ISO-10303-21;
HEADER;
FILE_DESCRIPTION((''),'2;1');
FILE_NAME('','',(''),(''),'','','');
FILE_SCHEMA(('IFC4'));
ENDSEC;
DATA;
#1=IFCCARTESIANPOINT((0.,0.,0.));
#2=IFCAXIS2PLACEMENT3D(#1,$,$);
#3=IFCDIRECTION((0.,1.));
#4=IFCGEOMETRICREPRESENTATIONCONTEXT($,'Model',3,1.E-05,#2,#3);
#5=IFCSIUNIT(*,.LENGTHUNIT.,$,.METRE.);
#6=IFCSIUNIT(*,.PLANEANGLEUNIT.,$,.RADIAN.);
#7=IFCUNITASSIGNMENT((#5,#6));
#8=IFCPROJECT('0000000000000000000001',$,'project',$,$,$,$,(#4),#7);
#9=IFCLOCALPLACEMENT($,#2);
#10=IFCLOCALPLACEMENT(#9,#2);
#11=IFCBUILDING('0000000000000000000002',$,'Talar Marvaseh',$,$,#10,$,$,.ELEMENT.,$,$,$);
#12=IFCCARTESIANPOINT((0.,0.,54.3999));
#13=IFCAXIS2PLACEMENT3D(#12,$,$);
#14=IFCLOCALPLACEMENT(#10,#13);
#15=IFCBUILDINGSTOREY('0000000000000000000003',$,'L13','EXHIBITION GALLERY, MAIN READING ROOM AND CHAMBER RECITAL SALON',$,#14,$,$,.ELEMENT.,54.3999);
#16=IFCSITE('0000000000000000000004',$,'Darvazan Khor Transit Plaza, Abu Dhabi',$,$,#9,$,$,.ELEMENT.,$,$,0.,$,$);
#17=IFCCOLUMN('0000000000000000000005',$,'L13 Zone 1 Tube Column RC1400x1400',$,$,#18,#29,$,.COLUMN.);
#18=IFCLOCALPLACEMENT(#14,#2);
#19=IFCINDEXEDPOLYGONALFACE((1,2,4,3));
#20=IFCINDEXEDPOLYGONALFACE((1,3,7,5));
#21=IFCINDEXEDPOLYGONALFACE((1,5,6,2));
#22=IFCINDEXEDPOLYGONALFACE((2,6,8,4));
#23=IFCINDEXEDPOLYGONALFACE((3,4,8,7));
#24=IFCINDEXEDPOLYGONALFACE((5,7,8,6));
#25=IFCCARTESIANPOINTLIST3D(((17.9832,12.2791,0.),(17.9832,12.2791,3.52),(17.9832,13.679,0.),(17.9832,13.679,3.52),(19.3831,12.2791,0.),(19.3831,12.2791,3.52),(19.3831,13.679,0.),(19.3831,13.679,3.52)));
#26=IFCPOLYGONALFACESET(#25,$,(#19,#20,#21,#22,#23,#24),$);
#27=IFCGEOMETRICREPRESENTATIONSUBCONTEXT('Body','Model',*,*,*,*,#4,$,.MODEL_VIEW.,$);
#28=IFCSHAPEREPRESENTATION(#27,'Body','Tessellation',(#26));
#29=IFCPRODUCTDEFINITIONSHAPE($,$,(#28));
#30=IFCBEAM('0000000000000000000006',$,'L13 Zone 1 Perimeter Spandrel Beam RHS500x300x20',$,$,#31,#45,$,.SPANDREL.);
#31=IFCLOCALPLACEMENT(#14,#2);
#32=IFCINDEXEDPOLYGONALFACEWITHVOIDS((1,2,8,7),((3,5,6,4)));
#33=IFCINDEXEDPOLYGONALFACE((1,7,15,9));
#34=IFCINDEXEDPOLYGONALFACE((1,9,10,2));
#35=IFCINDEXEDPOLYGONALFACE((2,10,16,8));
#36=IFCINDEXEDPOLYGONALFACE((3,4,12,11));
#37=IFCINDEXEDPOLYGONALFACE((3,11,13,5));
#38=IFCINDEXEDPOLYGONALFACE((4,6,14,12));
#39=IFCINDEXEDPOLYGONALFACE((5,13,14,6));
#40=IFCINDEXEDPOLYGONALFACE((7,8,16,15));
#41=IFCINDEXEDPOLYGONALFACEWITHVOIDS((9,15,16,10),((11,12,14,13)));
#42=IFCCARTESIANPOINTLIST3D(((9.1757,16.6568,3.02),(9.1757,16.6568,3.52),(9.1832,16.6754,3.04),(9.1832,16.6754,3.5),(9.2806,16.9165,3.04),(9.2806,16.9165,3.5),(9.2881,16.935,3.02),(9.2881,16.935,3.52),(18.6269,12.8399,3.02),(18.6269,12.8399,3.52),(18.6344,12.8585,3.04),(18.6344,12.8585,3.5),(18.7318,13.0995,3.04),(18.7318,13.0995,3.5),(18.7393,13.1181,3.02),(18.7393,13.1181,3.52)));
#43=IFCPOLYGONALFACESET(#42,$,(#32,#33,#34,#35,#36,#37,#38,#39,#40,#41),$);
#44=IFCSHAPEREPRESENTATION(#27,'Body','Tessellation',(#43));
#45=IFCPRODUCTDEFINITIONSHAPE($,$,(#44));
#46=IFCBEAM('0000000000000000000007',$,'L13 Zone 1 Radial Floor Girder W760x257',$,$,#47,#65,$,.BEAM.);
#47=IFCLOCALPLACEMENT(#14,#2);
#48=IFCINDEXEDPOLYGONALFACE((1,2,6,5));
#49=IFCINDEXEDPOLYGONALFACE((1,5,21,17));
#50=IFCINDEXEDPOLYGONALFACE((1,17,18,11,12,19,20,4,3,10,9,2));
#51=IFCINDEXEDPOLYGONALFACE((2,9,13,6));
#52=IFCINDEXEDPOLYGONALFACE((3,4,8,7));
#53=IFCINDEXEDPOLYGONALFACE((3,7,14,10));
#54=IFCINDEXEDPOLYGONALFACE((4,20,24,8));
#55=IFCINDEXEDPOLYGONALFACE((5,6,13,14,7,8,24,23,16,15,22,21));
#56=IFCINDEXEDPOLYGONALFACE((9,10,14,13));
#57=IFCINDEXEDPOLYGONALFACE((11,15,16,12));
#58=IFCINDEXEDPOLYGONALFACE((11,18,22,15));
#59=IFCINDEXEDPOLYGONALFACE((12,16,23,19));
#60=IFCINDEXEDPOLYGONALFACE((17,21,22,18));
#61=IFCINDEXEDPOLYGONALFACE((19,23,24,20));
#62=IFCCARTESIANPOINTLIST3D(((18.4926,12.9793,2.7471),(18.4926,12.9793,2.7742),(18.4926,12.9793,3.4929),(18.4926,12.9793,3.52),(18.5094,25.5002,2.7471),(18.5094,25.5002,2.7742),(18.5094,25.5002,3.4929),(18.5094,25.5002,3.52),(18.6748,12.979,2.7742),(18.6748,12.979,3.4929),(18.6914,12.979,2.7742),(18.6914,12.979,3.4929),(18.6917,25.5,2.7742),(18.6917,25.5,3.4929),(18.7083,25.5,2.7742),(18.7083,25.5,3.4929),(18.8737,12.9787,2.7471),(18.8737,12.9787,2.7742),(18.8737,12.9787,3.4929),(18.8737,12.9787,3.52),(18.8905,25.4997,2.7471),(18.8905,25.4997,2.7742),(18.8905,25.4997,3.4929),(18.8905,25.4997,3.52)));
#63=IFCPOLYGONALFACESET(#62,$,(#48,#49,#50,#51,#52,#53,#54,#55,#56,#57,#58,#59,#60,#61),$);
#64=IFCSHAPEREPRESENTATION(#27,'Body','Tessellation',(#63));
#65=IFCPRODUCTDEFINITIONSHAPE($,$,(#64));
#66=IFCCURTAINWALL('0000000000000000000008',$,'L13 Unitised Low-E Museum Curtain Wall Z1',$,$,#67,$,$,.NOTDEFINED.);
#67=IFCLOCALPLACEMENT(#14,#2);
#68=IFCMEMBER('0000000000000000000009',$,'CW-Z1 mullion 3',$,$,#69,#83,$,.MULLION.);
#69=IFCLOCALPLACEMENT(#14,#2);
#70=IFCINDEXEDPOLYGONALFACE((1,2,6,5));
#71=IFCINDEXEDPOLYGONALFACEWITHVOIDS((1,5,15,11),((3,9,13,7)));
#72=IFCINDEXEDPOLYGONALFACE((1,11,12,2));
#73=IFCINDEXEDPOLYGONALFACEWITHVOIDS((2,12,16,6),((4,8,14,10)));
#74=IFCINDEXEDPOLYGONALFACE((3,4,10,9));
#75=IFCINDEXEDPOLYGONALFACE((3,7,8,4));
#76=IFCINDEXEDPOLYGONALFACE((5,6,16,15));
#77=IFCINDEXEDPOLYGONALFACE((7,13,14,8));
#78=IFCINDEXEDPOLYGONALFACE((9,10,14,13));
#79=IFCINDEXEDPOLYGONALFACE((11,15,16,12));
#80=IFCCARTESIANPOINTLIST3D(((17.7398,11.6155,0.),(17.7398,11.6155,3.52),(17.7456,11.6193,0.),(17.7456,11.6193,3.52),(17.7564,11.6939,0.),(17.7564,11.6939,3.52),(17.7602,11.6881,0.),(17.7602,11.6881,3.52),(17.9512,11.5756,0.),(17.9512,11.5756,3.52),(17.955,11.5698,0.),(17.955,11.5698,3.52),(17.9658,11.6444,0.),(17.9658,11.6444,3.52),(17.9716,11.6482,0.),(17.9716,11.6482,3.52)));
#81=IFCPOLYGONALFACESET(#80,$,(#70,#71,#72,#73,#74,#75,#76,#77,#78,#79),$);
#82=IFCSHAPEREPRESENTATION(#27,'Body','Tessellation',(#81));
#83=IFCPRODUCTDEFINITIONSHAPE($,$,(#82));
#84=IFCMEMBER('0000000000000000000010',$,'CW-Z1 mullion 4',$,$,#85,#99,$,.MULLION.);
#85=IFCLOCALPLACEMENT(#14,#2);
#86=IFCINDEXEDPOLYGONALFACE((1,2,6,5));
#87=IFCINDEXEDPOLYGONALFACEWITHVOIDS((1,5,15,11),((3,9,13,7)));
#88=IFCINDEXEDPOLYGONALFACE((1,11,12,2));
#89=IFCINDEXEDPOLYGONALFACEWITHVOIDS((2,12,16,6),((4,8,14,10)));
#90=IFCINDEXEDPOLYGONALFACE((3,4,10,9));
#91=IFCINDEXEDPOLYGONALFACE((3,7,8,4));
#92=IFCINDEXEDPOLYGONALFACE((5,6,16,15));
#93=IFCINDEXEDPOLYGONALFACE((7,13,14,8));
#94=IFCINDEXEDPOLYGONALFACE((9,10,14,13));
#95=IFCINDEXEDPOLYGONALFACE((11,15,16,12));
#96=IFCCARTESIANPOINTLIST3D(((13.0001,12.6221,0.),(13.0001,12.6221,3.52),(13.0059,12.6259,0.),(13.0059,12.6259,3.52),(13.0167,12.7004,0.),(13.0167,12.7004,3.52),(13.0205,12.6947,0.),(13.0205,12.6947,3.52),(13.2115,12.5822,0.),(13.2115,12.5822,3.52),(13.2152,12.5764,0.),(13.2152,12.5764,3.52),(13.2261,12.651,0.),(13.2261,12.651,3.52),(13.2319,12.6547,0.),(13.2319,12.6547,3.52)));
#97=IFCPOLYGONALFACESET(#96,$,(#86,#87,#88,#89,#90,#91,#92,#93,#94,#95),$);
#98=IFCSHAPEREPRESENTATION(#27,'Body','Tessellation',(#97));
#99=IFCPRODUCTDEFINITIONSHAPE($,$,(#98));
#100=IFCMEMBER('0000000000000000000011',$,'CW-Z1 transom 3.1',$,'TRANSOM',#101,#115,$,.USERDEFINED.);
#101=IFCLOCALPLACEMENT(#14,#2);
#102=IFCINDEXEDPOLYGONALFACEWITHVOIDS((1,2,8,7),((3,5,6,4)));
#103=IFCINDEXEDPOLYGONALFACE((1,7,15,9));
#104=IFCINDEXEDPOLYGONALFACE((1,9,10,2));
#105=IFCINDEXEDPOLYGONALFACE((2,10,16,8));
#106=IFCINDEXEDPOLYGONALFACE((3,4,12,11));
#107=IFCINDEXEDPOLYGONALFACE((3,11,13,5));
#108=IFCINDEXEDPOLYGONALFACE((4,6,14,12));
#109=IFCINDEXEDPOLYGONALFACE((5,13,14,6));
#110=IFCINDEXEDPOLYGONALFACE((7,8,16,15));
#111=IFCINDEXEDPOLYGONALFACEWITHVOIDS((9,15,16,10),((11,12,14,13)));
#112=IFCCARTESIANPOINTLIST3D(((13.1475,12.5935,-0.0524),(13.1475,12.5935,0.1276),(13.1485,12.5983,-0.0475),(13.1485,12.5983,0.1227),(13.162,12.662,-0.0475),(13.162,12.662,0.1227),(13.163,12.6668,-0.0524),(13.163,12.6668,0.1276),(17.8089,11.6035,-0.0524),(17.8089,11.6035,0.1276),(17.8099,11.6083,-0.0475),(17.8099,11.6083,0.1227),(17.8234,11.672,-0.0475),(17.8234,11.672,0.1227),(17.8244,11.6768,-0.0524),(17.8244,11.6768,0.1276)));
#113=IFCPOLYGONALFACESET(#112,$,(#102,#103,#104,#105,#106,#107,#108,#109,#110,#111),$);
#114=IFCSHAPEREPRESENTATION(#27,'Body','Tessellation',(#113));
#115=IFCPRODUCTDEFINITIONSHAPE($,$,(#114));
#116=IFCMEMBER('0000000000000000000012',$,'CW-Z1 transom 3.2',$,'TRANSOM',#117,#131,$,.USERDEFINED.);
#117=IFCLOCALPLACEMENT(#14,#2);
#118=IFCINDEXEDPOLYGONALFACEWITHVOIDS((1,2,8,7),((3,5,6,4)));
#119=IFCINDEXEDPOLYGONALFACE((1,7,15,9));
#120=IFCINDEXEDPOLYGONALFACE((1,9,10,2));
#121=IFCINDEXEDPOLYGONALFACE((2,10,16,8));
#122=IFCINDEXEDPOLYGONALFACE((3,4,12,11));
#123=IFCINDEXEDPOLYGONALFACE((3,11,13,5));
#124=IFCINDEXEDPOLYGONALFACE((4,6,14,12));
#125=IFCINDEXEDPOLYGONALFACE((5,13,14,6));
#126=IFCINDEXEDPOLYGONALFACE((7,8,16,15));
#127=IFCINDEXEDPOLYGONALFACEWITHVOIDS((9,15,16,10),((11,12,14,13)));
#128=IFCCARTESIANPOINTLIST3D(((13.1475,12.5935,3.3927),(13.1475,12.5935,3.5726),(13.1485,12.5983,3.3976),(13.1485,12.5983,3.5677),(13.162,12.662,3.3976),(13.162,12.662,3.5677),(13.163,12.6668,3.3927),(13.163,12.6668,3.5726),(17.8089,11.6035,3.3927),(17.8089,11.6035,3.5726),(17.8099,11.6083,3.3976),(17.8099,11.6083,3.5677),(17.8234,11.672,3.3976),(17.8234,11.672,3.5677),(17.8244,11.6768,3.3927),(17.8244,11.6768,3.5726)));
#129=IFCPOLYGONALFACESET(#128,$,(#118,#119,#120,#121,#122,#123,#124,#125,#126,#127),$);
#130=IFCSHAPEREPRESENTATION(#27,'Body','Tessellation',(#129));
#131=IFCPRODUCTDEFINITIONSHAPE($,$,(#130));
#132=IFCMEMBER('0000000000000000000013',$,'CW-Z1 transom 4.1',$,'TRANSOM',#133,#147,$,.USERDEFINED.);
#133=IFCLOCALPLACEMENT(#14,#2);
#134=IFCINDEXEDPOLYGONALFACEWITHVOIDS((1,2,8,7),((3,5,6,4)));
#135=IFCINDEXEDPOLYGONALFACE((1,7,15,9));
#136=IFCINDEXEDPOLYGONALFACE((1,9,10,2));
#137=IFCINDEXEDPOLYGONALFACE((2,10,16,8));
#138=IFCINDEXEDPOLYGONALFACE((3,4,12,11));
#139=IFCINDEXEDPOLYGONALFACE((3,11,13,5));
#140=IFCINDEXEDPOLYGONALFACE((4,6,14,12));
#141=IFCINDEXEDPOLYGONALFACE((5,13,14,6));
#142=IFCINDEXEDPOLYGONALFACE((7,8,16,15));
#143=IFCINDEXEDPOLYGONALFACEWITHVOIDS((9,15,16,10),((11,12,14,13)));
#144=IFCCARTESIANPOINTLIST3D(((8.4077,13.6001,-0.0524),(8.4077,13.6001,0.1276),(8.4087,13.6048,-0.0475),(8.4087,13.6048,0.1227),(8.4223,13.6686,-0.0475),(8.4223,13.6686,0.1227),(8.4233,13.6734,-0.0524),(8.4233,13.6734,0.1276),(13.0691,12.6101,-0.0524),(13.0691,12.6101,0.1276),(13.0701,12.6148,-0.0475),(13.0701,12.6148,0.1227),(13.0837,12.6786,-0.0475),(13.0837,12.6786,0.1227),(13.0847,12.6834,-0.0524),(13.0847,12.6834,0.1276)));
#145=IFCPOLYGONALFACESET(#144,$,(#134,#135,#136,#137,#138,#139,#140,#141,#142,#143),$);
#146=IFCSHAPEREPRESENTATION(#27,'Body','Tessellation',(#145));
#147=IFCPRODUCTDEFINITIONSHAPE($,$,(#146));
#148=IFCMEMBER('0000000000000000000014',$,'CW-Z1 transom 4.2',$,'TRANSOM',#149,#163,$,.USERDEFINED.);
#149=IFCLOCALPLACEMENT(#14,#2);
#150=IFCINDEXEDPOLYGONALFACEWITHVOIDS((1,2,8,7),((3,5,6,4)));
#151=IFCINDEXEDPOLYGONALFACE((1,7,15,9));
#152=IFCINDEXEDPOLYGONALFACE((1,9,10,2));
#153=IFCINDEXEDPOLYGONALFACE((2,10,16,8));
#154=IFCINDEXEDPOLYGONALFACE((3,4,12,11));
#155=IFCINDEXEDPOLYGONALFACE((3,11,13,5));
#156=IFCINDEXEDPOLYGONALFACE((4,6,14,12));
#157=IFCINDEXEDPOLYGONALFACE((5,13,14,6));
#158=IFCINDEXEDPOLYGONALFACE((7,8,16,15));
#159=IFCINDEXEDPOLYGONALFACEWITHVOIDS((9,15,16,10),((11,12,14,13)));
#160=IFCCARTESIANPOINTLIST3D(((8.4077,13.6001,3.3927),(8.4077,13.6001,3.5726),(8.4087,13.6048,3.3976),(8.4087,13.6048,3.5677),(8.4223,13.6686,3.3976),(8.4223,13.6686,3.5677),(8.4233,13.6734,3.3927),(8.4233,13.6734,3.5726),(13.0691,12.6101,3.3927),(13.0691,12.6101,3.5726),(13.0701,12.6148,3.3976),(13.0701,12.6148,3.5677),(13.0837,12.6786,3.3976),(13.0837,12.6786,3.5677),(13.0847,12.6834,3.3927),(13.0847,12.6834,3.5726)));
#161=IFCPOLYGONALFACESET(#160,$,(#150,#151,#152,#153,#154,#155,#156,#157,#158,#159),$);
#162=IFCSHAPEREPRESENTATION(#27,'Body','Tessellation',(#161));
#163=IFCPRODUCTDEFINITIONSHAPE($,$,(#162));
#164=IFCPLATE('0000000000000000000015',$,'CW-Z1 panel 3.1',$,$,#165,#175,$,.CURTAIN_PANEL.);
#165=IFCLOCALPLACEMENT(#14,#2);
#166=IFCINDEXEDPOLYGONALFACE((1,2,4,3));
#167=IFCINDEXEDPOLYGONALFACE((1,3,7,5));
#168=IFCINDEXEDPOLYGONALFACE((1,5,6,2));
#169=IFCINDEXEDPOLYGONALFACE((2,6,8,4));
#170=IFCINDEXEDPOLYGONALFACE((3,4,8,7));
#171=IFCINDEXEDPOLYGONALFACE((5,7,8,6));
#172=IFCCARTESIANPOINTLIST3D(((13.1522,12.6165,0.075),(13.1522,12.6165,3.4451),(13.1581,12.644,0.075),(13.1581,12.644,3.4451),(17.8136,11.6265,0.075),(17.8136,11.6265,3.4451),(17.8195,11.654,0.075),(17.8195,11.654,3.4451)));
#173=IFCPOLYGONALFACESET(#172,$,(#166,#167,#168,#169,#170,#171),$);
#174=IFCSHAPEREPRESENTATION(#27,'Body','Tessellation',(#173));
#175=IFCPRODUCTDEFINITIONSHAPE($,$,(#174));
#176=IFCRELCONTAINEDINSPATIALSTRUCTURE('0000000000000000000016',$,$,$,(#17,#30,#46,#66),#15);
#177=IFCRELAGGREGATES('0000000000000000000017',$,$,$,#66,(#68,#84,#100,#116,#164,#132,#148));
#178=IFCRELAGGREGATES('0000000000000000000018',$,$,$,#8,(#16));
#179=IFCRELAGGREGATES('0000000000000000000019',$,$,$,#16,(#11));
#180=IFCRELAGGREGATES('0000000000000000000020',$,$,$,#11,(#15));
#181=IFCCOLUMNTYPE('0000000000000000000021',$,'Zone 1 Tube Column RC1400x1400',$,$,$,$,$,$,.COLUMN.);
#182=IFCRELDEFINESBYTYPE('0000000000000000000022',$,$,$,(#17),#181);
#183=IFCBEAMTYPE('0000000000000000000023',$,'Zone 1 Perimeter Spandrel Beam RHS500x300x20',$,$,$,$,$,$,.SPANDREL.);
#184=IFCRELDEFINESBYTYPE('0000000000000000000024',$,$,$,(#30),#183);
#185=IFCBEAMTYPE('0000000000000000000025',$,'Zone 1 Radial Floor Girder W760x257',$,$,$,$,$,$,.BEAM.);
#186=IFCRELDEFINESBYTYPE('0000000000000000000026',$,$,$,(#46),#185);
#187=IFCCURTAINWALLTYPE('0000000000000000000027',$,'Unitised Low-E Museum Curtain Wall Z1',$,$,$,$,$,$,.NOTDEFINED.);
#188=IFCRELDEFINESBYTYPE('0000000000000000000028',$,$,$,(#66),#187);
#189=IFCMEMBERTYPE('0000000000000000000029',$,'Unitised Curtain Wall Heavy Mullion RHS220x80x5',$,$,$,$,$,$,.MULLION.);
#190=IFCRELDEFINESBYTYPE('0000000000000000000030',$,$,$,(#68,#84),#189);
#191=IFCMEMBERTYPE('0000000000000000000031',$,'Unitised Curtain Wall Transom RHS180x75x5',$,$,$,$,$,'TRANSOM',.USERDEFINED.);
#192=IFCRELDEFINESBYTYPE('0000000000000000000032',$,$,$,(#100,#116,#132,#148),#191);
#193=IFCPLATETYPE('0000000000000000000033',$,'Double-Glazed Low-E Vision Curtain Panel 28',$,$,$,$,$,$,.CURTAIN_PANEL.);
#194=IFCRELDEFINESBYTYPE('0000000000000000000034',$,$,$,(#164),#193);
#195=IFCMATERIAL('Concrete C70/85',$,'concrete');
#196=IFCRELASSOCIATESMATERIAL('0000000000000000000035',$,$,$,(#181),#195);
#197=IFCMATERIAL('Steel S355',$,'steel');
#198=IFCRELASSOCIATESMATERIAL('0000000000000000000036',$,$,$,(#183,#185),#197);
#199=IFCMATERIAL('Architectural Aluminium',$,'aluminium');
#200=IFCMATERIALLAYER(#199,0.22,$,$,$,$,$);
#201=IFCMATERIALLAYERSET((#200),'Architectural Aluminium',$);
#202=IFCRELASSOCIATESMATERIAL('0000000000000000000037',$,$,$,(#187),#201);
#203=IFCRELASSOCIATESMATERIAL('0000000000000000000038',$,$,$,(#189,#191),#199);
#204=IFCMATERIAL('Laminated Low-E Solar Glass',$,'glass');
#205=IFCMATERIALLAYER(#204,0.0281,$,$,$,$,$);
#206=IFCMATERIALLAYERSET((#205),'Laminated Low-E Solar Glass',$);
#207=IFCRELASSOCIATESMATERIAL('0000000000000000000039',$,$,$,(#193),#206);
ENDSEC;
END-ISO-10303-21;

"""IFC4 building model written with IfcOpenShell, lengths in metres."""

from ifc_helpers import new_model, si_unit, direction, frame, origin, origin_2d, place, context, subcontext, project, spatial, rectangle, hollow_rectangle, i_section, extrude, source, transform, mapped, material, layer, layer_set, material_profile, profile_set, type_object, type_shapes, element, aggregate, save


model = new_model("IFC4")

# Units and contexts
model_context = context("Model", 3, precision=1e-05, world=origin(), true_north=direction((0.0, 1.0)))
body_context = subcontext(model_context, "Body", "Model", "MODEL_VIEW")
ifc_project = project(units=[si_unit("LENGTHUNIT", "METRE"), si_unit("PLANEANGLEUNIT", "RADIAN")], contexts=[model_context])

# Site, building, storey
site_placement = place(None, origin())
site = spatial("IfcSite", under=ifc_project, at=site_placement, Name="Darvazan Khor Transit Plaza, Abu Dhabi", CompositionType="ELEMENT", RefElevation=0.0)
building_placement = place(site_placement, origin())
building = spatial("IfcBuilding", under=site, at=building_placement, Name="Talar Marvaseh", CompositionType="ELEMENT")
storey_placement = place(building_placement, frame((0.0, 0.0, 54.3999)))
storey = spatial("IfcBuildingStorey", under=building, at=storey_placement, Name="L13", Description="EXHIBITION GALLERY, MAIN READING ROOM AND CHAMBER RECITAL SALON", CompositionType="ELEMENT", Elevation=54.3999)

# Column
ifc_material_1 = material(Name="Concrete C70/85", Category="concrete")
ifc_material_profile_1 = material_profile(ifc_material_1, rectangle(XDim=1.3999, YDim=1.3999, at=origin_2d()), Name="RC1400x1400")
ifc_profile_set_1 = profile_set([ifc_material_profile_1], Name="Concrete C70/85")
column_type = type_object("IfcColumnType", Name="Zone 1 Tube Column RC1400x1400", PredefinedType="COLUMN", material=ifc_profile_set_1)
column_placement = place(storey_placement, frame((18.6831, 12.979, 0.0), z_axis=(0.0, 0.0, 1.0), x_axis=(1.0, 0.0, 0.0)))
element("IfcColumn", 1, at=column_placement, inside=storey, type_object=column_type, Name="L13 Zone 1 Tube Column RC1400x1400", PredefinedType="COLUMN", context=body_context, shape_type="SweptSolid", body=[
    extrude(rectangle(XDim=1.3999, YDim=1.3999, at=origin_2d()), origin(), (0.0, 0.0, 1.0), 3.52),
])

# Beams
ifc_material_2 = material(Name="Steel S355", Category="steel")
ifc_material_profile_2 = material_profile(ifc_material_2, hollow_rectangle(XDim=0.3, YDim=0.5, WallThickness=0.02, at=origin_2d()), Name="RHS500x300x20")
ifc_profile_set_2 = profile_set([ifc_material_profile_2], Name="Steel S355")
beam_type_1 = type_object("IfcBeamType", Name="Zone 1 Perimeter Spandrel Beam RHS500x300x20", PredefinedType="SPANDREL", material=ifc_profile_set_2)
beam_1_placement = place(storey_placement, frame((18.6831, 12.979, 3.27), z_axis=(-0.927239, 0.374469, 0.0), x_axis=(-0.374469, -0.927239, 0.0)))
element("IfcBeam", 2, at=beam_1_placement, inside=storey, type_object=beam_type_1, Name="L13 Zone 1 Perimeter Spandrel Beam RHS500x300x20", PredefinedType="SPANDREL", context=body_context, shape_type="SweptSolid", body=[
    extrude(hollow_rectangle(XDim=0.3, YDim=0.5, WallThickness=0.02, at=origin_2d()), origin(), (0.0, 0.0, 1.0), 10.1929),
])
ifc_material_profile_3 = material_profile(ifc_material_2, i_section(OverallWidth=0.3811, OverallDepth=0.7729, WebThickness=0.0166, FlangeThickness=0.0271, at=origin_2d()), Name="W760x257")
ifc_profile_set_3 = profile_set([ifc_material_profile_3], Name="Steel S355")
beam_type_2 = type_object("IfcBeamType", Name="Zone 1 Radial Floor Girder W760x257", PredefinedType="BEAM", material=ifc_profile_set_3)
beam_2_placement = place(storey_placement, frame((18.6831, 12.979, 3.1335), z_axis=(0.001345, 0.999999, 0.0), x_axis=(-0.999999, 0.001345, 0.0)))
element("IfcBeam", 3, at=beam_2_placement, inside=storey, type_object=beam_type_2, Name="L13 Zone 1 Radial Floor Girder W760x257", PredefinedType="BEAM", context=body_context, shape_type="SweptSolid", body=[
    extrude(i_section(OverallWidth=0.3811, OverallDepth=0.7729, WebThickness=0.0166, FlangeThickness=0.0271, at=origin_2d()), origin(), (0.0, 0.0, 1.0), 12.521),
])

# Curtain wall, members, plate
ifc_material_3 = material(Name="Architectural Aluminium", Category="aluminium")
ifc_layer_1 = layer(ifc_material_3, 0.22)
ifc_layer_set_1 = layer_set([ifc_layer_1], Name="Architectural Aluminium")
curtain_wall_type = type_object("IfcCurtainWallType", Name="Unitised Low-E Museum Curtain Wall Z1", PredefinedType="NOTDEFINED", material=ifc_layer_set_1)
curtain_wall_placement = place(storey_placement, origin())
curtain_wall = element("IfcCurtainWall", 4, at=curtain_wall_placement, inside=storey, type_object=curtain_wall_type, Name="L13 Unitised Low-E Museum Curtain Wall Z1", PredefinedType="NOTDEFINED")
ifc_material_profile_4 = material_profile(ifc_material_3, hollow_rectangle(XDim=0.0801, YDim=0.22, WallThickness=0.0049, at=origin_2d()), Name="RHS220x80x5")
ifc_profile_set_4 = profile_set([ifc_material_profile_4], Name="Architectural Aluminium")
member_type_1 = type_object("IfcMemberType", Name="Unitised Curtain Wall Heavy Mullion RHS220x80x5", PredefinedType="MULLION", material=ifc_profile_set_4)
shared_shape_1 = source(origin(), body_context, "Body", "SweptSolid", [
    extrude(hollow_rectangle(XDim=0.0801, YDim=0.22, WallThickness=0.0049, at=origin_2d()), origin(), (0.0, 0.0, 1.0), 3.52),
])
type_shapes(member_type_1, [shared_shape_1])
member_1_placement = place(storey_placement, frame((17.8557, 11.6318, 0.0), z_axis=(0.0, 0.0, 1.0), x_axis=(-0.207758, -0.97818, 0.0)))
member_1 = element("IfcMember", 5, at=member_1_placement, type_object=member_type_1, Name="CW-Z1 mullion 3", PredefinedType="MULLION", context=body_context, shape_type="MappedRepresentation", body=[
    mapped(shared_shape_1, transform((0.0, 0.0, 0.0), x_axis=(1.0, 0.0, 0.0), y_axis=(0.0, 1.0, 0.0), z_axis=(0.0, 0.0, 1.0), scale=1.0)),
])
member_2_placement = place(storey_placement, frame((13.116, 12.6384, 0.0), z_axis=(0.0, 0.0, 1.0), x_axis=(-0.207758, -0.97818, 0.0)))
member_2 = element("IfcMember", 6, at=member_2_placement, type_object=member_type_1, Name="CW-Z1 mullion 4", PredefinedType="MULLION", context=body_context, shape_type="MappedRepresentation", body=[
    mapped(shared_shape_1, transform((0.0, 0.0, 0.0), x_axis=(1.0, 0.0, 0.0), y_axis=(0.0, 1.0, 0.0), z_axis=(0.0, 0.0, 1.0), scale=1.0)),
])
ifc_material_profile_5 = material_profile(ifc_material_3, hollow_rectangle(XDim=0.075, YDim=0.1799, WallThickness=0.0049, at=origin_2d()), Name="RHS180x75x5")
ifc_profile_set_5 = profile_set([ifc_material_profile_5], Name="Architectural Aluminium")
member_type_2 = type_object("IfcMemberType", Name="Unitised Curtain Wall Transom RHS180x75x5", ElementType="TRANSOM", PredefinedType="USERDEFINED", material=ifc_profile_set_5)
shared_shape_2 = source(origin(), body_context, "Body", "SweptSolid", [
    extrude(hollow_rectangle(XDim=0.075, YDim=0.1799, WallThickness=0.0049, at=origin_2d()), origin(), (0.0, 0.0, 1.0), 4.7654),
])
type_shapes(member_type_2, [shared_shape_2])
member_3_placement = place(storey_placement, frame((17.8167, 11.6401, 0.0376), z_axis=(-0.978182, 0.207748, 0.0), x_axis=(-0.207748, -0.978182, 0.0)))
member_3 = element("IfcMember", 7, at=member_3_placement, type_object=member_type_2, Name="CW-Z1 transom 3.1", ObjectType="TRANSOM", PredefinedType="USERDEFINED", context=body_context, shape_type="MappedRepresentation", body=[
    mapped(shared_shape_2, transform((0.0, 0.0, 0.0), x_axis=(1.0, 0.0, 0.0), y_axis=(0.0, 1.0, 0.0), z_axis=(0.0, 0.0, 1.0), scale=1.0)),
])
member_4_placement = place(storey_placement, frame((17.8167, 11.6401, 3.4827), z_axis=(-0.978182, 0.207748, 0.0), x_axis=(-0.207748, -0.978182, 0.0)))
member_4 = element("IfcMember", 8, at=member_4_placement, type_object=member_type_2, Name="CW-Z1 transom 3.2", ObjectType="TRANSOM", PredefinedType="USERDEFINED", context=body_context, shape_type="MappedRepresentation", body=[
    mapped(shared_shape_2, transform((0.0, 0.0, 0.0), x_axis=(1.0, 0.0, 0.0), y_axis=(0.0, 1.0, 0.0), z_axis=(0.0, 0.0, 1.0), scale=1.0)),
])
member_5_placement = place(storey_placement, frame((13.0769, 12.6467, 0.0376), z_axis=(-0.978182, 0.207748, 0.0), x_axis=(-0.207748, -0.978182, 0.0)))
member_5 = element("IfcMember", 9, at=member_5_placement, type_object=member_type_2, Name="CW-Z1 transom 4.1", ObjectType="TRANSOM", PredefinedType="USERDEFINED", context=body_context, shape_type="MappedRepresentation", body=[
    mapped(shared_shape_2, transform((0.0, 0.0, 0.0), x_axis=(1.0, 0.0, 0.0), y_axis=(0.0, 1.0, 0.0), z_axis=(0.0, 0.0, 1.0), scale=1.0)),
])
member_6_placement = place(storey_placement, frame((13.0769, 12.6467, 3.4827), z_axis=(-0.978182, 0.207748, 0.0), x_axis=(-0.207748, -0.978182, 0.0)))
member_6 = element("IfcMember", 10, at=member_6_placement, type_object=member_type_2, Name="CW-Z1 transom 4.2", ObjectType="TRANSOM", PredefinedType="USERDEFINED", context=body_context, shape_type="MappedRepresentation", body=[
    mapped(shared_shape_2, transform((0.0, 0.0, 0.0), x_axis=(1.0, 0.0, 0.0), y_axis=(0.0, 1.0, 0.0), z_axis=(0.0, 0.0, 1.0), scale=1.0)),
])
ifc_material_4 = material(Name="Laminated Low-E Solar Glass", Category="glass")
ifc_layer_2 = layer(ifc_material_4, 0.0281)
ifc_layer_set_2 = layer_set([ifc_layer_2], Name="Laminated Low-E Solar Glass")
plate_type = type_object("IfcPlateType", Name="Double-Glazed Low-E Vision Curtain Panel 28", PredefinedType="CURTAIN_PANEL", material=ifc_layer_set_2)
shared_shape_3 = source(origin(), body_context, "Body", "SweptSolid", [
    extrude(rectangle(XDim=4.7654, YDim=0.0281, at=origin_2d()), origin(), (0.0, 0.0, 1.0), 3.3701),
])
type_shapes(plate_type, [shared_shape_3])
plate_placement = place(storey_placement, frame((15.4858, 12.1353, 0.075), z_axis=(0.0, 0.0, 1.0), x_axis=(-0.97818, 0.207758, 0.0)))
plate = element("IfcPlate", 11, at=plate_placement, type_object=plate_type, Name="CW-Z1 panel 3.1", PredefinedType="CURTAIN_PANEL", context=body_context, shape_type="MappedRepresentation", body=[
    mapped(shared_shape_3, transform((0.0, 0.0, 0.0), x_axis=(1.0, 0.0, 0.0), y_axis=(0.0, 1.0, 0.0), z_axis=(0.0, 0.0, 1.0), scale=1.0)),
])
aggregate(curtain_wall, [member_1, member_2, member_3, member_4, plate, member_5, member_6])

save(model, "model.ifc")
